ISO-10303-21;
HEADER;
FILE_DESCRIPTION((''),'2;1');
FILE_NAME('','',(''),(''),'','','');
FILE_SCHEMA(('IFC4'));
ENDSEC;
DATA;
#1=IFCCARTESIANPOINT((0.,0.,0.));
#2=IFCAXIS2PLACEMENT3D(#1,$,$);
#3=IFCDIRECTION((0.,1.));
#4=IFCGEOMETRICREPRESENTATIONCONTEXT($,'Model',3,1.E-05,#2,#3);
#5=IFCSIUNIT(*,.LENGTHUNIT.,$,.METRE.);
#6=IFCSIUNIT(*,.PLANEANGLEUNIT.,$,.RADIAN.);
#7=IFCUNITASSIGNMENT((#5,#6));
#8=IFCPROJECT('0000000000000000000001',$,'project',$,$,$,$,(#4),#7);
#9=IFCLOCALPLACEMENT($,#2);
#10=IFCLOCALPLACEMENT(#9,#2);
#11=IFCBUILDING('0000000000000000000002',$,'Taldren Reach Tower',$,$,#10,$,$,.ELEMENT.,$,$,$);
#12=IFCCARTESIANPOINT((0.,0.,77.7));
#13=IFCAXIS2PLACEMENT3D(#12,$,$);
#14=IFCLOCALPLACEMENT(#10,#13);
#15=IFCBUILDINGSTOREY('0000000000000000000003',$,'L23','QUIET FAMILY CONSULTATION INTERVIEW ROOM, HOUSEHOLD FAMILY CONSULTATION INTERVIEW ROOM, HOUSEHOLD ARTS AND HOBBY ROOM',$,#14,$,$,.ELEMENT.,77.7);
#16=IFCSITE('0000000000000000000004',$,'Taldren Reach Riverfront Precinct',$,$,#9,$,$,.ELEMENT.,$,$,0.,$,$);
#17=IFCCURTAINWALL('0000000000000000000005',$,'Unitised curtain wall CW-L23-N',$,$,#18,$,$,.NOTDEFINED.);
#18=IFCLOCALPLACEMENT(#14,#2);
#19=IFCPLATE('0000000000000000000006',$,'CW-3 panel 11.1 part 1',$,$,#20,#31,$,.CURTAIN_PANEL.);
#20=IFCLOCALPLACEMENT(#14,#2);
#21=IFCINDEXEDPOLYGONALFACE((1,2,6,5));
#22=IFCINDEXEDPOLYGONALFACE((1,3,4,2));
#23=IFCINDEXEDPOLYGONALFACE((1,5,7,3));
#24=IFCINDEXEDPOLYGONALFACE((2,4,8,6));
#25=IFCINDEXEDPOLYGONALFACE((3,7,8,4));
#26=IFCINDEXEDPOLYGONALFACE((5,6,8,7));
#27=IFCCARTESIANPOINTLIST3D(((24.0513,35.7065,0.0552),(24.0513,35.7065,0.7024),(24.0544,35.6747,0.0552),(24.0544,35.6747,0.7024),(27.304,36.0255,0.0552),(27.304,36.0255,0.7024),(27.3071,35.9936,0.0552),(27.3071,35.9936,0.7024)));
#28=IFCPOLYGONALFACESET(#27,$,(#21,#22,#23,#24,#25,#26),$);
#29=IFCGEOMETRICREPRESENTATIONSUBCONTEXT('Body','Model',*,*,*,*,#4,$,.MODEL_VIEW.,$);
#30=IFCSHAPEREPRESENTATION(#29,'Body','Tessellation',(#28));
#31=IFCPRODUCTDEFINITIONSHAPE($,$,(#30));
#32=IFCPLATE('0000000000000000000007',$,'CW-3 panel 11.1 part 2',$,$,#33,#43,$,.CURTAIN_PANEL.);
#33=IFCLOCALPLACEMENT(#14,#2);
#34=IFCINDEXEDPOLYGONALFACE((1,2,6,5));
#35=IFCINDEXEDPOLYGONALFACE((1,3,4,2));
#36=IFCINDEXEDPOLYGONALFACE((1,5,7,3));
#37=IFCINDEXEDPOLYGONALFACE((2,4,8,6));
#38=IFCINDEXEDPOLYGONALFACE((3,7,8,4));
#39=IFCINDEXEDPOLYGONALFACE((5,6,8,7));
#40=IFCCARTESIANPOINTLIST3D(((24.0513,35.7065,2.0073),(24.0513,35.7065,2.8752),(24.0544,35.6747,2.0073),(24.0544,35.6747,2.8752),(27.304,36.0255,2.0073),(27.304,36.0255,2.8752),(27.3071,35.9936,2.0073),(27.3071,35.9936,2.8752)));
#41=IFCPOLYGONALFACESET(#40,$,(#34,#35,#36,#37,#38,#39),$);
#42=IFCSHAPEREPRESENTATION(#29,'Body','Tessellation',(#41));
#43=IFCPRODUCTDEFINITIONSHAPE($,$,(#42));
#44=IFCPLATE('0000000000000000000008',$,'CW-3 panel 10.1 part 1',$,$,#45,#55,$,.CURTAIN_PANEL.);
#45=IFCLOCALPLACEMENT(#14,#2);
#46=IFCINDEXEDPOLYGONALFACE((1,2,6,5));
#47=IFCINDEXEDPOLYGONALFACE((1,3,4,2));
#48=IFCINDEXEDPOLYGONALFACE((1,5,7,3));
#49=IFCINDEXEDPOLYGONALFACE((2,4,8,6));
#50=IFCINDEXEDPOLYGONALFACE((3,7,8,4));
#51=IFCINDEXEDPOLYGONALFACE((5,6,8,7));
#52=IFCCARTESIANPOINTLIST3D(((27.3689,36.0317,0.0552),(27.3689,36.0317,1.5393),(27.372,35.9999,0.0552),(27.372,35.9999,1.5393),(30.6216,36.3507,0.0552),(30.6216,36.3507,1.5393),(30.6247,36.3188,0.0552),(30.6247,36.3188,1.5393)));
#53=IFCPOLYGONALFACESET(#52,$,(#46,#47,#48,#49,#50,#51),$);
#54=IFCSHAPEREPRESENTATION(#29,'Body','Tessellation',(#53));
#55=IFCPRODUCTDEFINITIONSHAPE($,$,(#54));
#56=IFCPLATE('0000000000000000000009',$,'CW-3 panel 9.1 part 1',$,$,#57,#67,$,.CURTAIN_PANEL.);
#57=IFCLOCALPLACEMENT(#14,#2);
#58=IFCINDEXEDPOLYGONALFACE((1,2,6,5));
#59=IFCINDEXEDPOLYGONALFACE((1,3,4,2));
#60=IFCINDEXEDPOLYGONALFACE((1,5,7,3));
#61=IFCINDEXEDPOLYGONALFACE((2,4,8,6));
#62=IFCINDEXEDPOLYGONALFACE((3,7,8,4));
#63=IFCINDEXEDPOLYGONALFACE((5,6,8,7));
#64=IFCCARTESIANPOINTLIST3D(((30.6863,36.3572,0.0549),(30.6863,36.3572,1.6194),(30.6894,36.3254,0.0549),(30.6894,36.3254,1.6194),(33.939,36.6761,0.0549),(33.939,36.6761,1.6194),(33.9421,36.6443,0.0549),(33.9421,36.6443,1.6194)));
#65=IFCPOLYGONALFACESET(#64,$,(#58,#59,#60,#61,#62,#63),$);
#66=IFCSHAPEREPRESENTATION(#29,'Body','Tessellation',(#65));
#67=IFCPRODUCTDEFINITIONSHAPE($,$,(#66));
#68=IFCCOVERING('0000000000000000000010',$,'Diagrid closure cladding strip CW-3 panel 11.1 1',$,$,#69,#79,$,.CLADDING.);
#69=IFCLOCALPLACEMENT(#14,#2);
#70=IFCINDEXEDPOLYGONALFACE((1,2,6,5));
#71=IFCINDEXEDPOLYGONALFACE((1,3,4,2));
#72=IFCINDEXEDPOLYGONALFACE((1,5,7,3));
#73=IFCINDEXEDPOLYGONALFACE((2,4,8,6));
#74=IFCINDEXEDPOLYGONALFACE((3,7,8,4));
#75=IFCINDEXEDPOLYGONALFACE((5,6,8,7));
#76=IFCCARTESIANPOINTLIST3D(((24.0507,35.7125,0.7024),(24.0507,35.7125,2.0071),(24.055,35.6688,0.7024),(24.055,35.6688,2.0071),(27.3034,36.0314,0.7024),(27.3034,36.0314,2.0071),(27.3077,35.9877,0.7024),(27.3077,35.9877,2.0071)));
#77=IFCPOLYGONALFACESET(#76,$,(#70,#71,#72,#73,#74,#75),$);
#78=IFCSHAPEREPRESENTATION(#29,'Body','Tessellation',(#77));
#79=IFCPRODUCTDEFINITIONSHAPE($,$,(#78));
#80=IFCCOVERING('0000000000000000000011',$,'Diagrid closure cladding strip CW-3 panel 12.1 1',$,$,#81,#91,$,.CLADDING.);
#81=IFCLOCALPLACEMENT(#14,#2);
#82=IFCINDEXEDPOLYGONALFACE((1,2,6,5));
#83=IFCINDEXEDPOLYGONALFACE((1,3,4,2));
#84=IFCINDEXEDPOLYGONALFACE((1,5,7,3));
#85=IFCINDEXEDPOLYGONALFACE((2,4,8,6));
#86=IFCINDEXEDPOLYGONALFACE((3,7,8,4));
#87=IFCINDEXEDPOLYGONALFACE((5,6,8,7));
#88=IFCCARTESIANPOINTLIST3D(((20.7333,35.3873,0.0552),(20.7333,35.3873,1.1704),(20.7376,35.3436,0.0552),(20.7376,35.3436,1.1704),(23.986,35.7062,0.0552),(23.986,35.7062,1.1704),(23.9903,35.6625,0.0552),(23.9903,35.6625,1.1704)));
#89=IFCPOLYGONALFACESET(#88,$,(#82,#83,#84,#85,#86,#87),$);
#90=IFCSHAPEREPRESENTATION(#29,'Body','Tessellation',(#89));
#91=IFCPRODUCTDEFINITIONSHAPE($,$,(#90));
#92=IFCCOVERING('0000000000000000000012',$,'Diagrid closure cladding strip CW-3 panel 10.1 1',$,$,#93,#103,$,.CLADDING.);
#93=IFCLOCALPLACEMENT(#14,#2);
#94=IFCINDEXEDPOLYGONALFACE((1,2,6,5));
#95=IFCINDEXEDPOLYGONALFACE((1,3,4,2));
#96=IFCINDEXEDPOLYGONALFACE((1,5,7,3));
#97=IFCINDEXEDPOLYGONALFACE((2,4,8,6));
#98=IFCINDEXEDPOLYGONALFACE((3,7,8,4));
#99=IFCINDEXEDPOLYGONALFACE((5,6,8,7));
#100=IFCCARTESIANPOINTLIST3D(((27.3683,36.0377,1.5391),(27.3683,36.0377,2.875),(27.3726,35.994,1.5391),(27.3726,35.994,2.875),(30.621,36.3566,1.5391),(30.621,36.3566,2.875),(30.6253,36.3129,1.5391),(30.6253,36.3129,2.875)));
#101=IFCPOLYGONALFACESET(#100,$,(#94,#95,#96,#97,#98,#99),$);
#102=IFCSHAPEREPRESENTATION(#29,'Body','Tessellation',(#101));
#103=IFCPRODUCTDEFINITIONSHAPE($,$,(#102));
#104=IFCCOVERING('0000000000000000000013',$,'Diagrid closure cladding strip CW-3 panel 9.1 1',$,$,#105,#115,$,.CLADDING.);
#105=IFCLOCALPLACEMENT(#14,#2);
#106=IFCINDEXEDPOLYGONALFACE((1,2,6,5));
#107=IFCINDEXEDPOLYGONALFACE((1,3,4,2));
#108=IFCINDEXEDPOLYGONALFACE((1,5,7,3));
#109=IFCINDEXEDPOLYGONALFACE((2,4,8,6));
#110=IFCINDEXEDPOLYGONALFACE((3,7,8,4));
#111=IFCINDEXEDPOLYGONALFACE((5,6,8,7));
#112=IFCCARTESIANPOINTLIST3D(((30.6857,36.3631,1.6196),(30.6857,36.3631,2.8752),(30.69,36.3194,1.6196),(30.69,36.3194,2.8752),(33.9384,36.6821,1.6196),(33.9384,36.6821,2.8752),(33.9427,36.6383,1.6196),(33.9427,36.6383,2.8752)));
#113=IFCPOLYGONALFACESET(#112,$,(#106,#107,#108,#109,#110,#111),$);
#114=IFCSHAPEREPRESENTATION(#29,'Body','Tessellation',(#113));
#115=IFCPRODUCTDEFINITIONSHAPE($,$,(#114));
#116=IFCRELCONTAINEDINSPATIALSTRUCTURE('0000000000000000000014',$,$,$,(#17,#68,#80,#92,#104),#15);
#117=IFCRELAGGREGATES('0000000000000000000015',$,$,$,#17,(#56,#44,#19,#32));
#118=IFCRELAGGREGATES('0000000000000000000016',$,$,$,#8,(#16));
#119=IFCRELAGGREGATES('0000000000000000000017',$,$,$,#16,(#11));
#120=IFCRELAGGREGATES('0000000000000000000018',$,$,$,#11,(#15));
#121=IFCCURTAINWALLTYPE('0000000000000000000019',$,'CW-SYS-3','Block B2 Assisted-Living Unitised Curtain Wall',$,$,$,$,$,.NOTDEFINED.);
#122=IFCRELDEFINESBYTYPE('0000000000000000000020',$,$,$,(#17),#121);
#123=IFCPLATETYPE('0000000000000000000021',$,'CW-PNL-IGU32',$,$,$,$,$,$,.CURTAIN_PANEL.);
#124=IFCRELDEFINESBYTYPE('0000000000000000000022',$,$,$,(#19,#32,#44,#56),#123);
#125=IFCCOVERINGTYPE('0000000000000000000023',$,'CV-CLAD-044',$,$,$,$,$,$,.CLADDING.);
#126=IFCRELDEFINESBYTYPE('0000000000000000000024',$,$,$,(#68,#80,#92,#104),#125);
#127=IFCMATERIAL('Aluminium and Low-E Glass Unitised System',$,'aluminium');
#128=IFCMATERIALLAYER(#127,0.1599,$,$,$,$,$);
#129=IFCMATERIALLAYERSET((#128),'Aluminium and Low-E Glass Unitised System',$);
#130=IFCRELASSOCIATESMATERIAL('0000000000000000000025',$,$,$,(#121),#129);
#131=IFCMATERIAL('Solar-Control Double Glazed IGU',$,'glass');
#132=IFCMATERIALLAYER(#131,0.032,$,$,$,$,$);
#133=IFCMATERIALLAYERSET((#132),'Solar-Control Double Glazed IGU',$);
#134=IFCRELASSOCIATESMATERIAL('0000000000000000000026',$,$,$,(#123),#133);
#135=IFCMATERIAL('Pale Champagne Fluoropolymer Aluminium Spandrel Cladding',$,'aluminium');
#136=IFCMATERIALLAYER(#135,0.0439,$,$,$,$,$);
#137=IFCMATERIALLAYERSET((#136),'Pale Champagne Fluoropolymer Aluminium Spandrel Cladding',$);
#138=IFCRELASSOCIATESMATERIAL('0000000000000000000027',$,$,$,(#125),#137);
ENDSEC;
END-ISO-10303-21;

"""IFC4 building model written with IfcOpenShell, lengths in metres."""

from ifc_helpers import new_model, si_unit, direction, frame, origin, origin_2d, place, context, subcontext, project, spatial, rectangle, extrude, source, transform, mapped, material, layer, layer_set, type_object, element, aggregate, save


model = new_model("IFC4")

# Units and contexts
model_context = context("Model", 3, precision=1e-05, world=origin(), true_north=direction((0.0, 1.0)))
body_context = subcontext(model_context, "Body", "Model", "MODEL_VIEW")
ifc_project = project(units=[si_unit("LENGTHUNIT", "METRE"), si_unit("PLANEANGLEUNIT", "RADIAN")], contexts=[model_context])

# Site, building, storey
site_placement = place(None, origin())
site = spatial("IfcSite", under=ifc_project, at=site_placement, Name="Taldren Reach Riverfront Precinct", CompositionType="ELEMENT", RefElevation=0.0)
building_placement = place(site_placement, origin())
building = spatial("IfcBuilding", under=site, at=building_placement, Name="Taldren Reach Tower", CompositionType="ELEMENT")
storey_placement = place(building_placement, frame((0.0, 0.0, 77.7)))
storey = spatial("IfcBuildingStorey", under=building, at=storey_placement, Name="L23", Description="QUIET FAMILY CONSULTATION INTERVIEW ROOM, HOUSEHOLD FAMILY CONSULTATION INTERVIEW ROOM, HOUSEHOLD ARTS AND HOBBY ROOM", CompositionType="ELEMENT", Elevation=77.7)

# Curtain wall
ifc_material_1 = material(Name="Aluminium and Low-E Glass Unitised System", Category="aluminium")
ifc_layer_1 = layer(ifc_material_1, 0.1599)
ifc_layer_set_1 = layer_set([ifc_layer_1], Name="Aluminium and Low-E Glass Unitised System")
curtain_wall_type = type_object("IfcCurtainWallType", Name="CW-SYS-3", Description="Block B2 Assisted-Living Unitised Curtain Wall", PredefinedType="NOTDEFINED", material=ifc_layer_set_1)
curtain_wall_placement = place(storey_placement, origin())
curtain_wall = element("IfcCurtainWall", 1, at=curtain_wall_placement, inside=storey, type_object=curtain_wall_type, Name="Unitised curtain wall CW-L23-N", PredefinedType="NOTDEFINED")

# Plates
ifc_material_2 = material(Name="Solar-Control Double Glazed IGU", Category="glass")
ifc_layer_2 = layer(ifc_material_2, 0.032)
ifc_layer_set_2 = layer_set([ifc_layer_2], Name="Solar-Control Double Glazed IGU")
plate_type_1 = type_object("IfcPlateType", Name="CW-PNL-IGU32", PredefinedType="CURTAIN_PANEL", material=ifc_layer_set_2)
shared_shape_1 = source(origin(), body_context, "Body", "SweptSolid", [
    extrude(rectangle(XDim=3.2683, YDim=0.032, at=origin_2d()), origin(), (0.0, 0.0, 1.0), 0.6472),
])
plate_1_placement = place(storey_placement, frame((25.6792, 35.8501, 0.0552), z_axis=(0.0, 0.0, 1.0), x_axis=(-0.995227, -0.097583, 0.0)))
plate_1 = element("IfcPlate", 2, at=plate_1_placement, type_object=plate_type_1, Name="CW-3 panel 11.1 part 1", PredefinedType="CURTAIN_PANEL", context=body_context, shape_type="MappedRepresentation", body=[
    mapped(shared_shape_1, transform((0.0, 0.0, 0.0), scale=1.0)),
])
shared_shape_2 = source(origin(), body_context, "Body", "SweptSolid", [
    extrude(rectangle(XDim=3.2683, YDim=0.032, at=origin_2d()), origin(), (0.0, 0.0, 1.0), 0.8679),
])
plate_2_placement = place(storey_placement, frame((25.6792, 35.8501, 2.0073), z_axis=(0.0, 0.0, 1.0), x_axis=(-0.995227, -0.097583, 0.0)))
plate_2 = element("IfcPlate", 3, at=plate_2_placement, type_object=plate_type_1, Name="CW-3 panel 11.1 part 2", PredefinedType="CURTAIN_PANEL", context=body_context, shape_type="MappedRepresentation", body=[
    mapped(shared_shape_2, transform((0.0, 0.0, 0.0), scale=1.0)),
])
shared_shape_3 = source(origin(), body_context, "Body", "SweptSolid", [
    extrude(rectangle(XDim=3.2683, YDim=0.032, at=origin_2d()), origin(), (0.0, 0.0, 1.0), 1.4841),
])
plate_3_placement = place(storey_placement, frame((28.9968, 36.1753, 0.0552), z_axis=(0.0, 0.0, 1.0), x_axis=(-0.995227, -0.097583, 0.0)))
plate_3 = element("IfcPlate", 4, at=plate_3_placement, type_object=plate_type_1, Name="CW-3 panel 10.1 part 1", PredefinedType="CURTAIN_PANEL", context=body_context, shape_type="MappedRepresentation", body=[
    mapped(shared_shape_3, transform((0.0, 0.0, 0.0), scale=1.0)),
])
shared_shape_4 = source(origin(), body_context, "Body", "SweptSolid", [
    extrude(rectangle(XDim=3.2683, YDim=0.032, at=origin_2d()), origin(), (0.0, 0.0, 1.0), 1.5645),
])
plate_4_placement = place(storey_placement, frame((32.3142, 36.5007, 0.0549), z_axis=(0.0, 0.0, 1.0), x_axis=(-0.995227, -0.097583, 0.0)))
plate_4 = element("IfcPlate", 5, at=plate_4_placement, type_object=plate_type_1, Name="CW-3 panel 9.1 part 1", PredefinedType="CURTAIN_PANEL", context=body_context, shape_type="MappedRepresentation", body=[
    mapped(shared_shape_4, transform((0.0, 0.0, 0.0), scale=1.0)),
])
aggregate(curtain_wall, [plate_4, plate_3, plate_1, plate_2])

# Coverings
ifc_material_3 = material(Name="Pale Champagne Fluoropolymer Aluminium Spandrel Cladding", Category="aluminium")
ifc_layer_3 = layer(ifc_material_3, 0.0439)
ifc_layer_set_3 = layer_set([ifc_layer_3], Name="Pale Champagne Fluoropolymer Aluminium Spandrel Cladding")
covering_type = type_object("IfcCoveringType", Name="CV-CLAD-044", PredefinedType="CLADDING", material=ifc_layer_set_3)
shared_shape_5 = source(origin(), body_context, "Body", "SweptSolid", [
    extrude(rectangle(XDim=3.2683, YDim=0.0439, at=origin_2d()), origin(), (0.0, 0.0, 1.0), 1.3047),
])
covering_1_placement = place(storey_placement, frame((25.6792, 35.8501, 0.7024), z_axis=(0.0, 0.0, 1.0), x_axis=(-0.995227, -0.097583, 0.0)))
element("IfcCovering", 6, at=covering_1_placement, inside=storey, type_object=covering_type, Name="Diagrid closure cladding strip CW-3 panel 11.1 1", PredefinedType="CLADDING", context=body_context, shape_type="MappedRepresentation", body=[
    mapped(shared_shape_5, transform((0.0, 0.0, 0.0), scale=1.0)),
])
shared_shape_6 = source(origin(), body_context, "Body", "SweptSolid", [
    extrude(rectangle(XDim=3.2683, YDim=0.0439, at=origin_2d()), origin(), (0.0, 0.0, 1.0), 1.1152),
])
covering_2_placement = place(storey_placement, frame((22.3618, 35.5249, 0.0552), z_axis=(0.0, 0.0, 1.0), x_axis=(-0.995227, -0.097583, 0.0)))
element("IfcCovering", 7, at=covering_2_placement, inside=storey, type_object=covering_type, Name="Diagrid closure cladding strip CW-3 panel 12.1 1", PredefinedType="CLADDING", context=body_context, shape_type="MappedRepresentation", body=[
    mapped(shared_shape_6, transform((0.0, 0.0, 0.0), scale=1.0)),
])
shared_shape_7 = source(origin(), body_context, "Body", "SweptSolid", [
    extrude(rectangle(XDim=3.2683, YDim=0.0439, at=origin_2d()), origin(), (0.0, 0.0, 1.0), 1.3359),
])
covering_3_placement = place(storey_placement, frame((28.9968, 36.1753, 1.5391), z_axis=(0.0, 0.0, 1.0), x_axis=(-0.995227, -0.097583, 0.0)))
element("IfcCovering", 8, at=covering_3_placement, inside=storey, type_object=covering_type, Name="Diagrid closure cladding strip CW-3 panel 10.1 1", PredefinedType="CLADDING", context=body_context, shape_type="MappedRepresentation", body=[
    mapped(shared_shape_7, transform((0.0, 0.0, 0.0), scale=1.0)),
])
shared_shape_8 = source(origin(), body_context, "Body", "SweptSolid", [
    extrude(rectangle(XDim=3.2683, YDim=0.0439, at=origin_2d()), origin(), (0.0, 0.0, 1.0), 1.2556),
])
covering_4_placement = place(storey_placement, frame((32.3142, 36.5007, 1.6196), z_axis=(0.0, 0.0, 1.0), x_axis=(-0.995227, -0.097583, 0.0)))
element("IfcCovering", 9, at=covering_4_placement, inside=storey, type_object=covering_type, Name="Diagrid closure cladding strip CW-3 panel 9.1 1", PredefinedType="CLADDING", context=body_context, shape_type="MappedRepresentation", body=[
    mapped(shared_shape_8, transform((0.0, 0.0, 0.0), scale=1.0)),
])

save(model, "model.ifc")
